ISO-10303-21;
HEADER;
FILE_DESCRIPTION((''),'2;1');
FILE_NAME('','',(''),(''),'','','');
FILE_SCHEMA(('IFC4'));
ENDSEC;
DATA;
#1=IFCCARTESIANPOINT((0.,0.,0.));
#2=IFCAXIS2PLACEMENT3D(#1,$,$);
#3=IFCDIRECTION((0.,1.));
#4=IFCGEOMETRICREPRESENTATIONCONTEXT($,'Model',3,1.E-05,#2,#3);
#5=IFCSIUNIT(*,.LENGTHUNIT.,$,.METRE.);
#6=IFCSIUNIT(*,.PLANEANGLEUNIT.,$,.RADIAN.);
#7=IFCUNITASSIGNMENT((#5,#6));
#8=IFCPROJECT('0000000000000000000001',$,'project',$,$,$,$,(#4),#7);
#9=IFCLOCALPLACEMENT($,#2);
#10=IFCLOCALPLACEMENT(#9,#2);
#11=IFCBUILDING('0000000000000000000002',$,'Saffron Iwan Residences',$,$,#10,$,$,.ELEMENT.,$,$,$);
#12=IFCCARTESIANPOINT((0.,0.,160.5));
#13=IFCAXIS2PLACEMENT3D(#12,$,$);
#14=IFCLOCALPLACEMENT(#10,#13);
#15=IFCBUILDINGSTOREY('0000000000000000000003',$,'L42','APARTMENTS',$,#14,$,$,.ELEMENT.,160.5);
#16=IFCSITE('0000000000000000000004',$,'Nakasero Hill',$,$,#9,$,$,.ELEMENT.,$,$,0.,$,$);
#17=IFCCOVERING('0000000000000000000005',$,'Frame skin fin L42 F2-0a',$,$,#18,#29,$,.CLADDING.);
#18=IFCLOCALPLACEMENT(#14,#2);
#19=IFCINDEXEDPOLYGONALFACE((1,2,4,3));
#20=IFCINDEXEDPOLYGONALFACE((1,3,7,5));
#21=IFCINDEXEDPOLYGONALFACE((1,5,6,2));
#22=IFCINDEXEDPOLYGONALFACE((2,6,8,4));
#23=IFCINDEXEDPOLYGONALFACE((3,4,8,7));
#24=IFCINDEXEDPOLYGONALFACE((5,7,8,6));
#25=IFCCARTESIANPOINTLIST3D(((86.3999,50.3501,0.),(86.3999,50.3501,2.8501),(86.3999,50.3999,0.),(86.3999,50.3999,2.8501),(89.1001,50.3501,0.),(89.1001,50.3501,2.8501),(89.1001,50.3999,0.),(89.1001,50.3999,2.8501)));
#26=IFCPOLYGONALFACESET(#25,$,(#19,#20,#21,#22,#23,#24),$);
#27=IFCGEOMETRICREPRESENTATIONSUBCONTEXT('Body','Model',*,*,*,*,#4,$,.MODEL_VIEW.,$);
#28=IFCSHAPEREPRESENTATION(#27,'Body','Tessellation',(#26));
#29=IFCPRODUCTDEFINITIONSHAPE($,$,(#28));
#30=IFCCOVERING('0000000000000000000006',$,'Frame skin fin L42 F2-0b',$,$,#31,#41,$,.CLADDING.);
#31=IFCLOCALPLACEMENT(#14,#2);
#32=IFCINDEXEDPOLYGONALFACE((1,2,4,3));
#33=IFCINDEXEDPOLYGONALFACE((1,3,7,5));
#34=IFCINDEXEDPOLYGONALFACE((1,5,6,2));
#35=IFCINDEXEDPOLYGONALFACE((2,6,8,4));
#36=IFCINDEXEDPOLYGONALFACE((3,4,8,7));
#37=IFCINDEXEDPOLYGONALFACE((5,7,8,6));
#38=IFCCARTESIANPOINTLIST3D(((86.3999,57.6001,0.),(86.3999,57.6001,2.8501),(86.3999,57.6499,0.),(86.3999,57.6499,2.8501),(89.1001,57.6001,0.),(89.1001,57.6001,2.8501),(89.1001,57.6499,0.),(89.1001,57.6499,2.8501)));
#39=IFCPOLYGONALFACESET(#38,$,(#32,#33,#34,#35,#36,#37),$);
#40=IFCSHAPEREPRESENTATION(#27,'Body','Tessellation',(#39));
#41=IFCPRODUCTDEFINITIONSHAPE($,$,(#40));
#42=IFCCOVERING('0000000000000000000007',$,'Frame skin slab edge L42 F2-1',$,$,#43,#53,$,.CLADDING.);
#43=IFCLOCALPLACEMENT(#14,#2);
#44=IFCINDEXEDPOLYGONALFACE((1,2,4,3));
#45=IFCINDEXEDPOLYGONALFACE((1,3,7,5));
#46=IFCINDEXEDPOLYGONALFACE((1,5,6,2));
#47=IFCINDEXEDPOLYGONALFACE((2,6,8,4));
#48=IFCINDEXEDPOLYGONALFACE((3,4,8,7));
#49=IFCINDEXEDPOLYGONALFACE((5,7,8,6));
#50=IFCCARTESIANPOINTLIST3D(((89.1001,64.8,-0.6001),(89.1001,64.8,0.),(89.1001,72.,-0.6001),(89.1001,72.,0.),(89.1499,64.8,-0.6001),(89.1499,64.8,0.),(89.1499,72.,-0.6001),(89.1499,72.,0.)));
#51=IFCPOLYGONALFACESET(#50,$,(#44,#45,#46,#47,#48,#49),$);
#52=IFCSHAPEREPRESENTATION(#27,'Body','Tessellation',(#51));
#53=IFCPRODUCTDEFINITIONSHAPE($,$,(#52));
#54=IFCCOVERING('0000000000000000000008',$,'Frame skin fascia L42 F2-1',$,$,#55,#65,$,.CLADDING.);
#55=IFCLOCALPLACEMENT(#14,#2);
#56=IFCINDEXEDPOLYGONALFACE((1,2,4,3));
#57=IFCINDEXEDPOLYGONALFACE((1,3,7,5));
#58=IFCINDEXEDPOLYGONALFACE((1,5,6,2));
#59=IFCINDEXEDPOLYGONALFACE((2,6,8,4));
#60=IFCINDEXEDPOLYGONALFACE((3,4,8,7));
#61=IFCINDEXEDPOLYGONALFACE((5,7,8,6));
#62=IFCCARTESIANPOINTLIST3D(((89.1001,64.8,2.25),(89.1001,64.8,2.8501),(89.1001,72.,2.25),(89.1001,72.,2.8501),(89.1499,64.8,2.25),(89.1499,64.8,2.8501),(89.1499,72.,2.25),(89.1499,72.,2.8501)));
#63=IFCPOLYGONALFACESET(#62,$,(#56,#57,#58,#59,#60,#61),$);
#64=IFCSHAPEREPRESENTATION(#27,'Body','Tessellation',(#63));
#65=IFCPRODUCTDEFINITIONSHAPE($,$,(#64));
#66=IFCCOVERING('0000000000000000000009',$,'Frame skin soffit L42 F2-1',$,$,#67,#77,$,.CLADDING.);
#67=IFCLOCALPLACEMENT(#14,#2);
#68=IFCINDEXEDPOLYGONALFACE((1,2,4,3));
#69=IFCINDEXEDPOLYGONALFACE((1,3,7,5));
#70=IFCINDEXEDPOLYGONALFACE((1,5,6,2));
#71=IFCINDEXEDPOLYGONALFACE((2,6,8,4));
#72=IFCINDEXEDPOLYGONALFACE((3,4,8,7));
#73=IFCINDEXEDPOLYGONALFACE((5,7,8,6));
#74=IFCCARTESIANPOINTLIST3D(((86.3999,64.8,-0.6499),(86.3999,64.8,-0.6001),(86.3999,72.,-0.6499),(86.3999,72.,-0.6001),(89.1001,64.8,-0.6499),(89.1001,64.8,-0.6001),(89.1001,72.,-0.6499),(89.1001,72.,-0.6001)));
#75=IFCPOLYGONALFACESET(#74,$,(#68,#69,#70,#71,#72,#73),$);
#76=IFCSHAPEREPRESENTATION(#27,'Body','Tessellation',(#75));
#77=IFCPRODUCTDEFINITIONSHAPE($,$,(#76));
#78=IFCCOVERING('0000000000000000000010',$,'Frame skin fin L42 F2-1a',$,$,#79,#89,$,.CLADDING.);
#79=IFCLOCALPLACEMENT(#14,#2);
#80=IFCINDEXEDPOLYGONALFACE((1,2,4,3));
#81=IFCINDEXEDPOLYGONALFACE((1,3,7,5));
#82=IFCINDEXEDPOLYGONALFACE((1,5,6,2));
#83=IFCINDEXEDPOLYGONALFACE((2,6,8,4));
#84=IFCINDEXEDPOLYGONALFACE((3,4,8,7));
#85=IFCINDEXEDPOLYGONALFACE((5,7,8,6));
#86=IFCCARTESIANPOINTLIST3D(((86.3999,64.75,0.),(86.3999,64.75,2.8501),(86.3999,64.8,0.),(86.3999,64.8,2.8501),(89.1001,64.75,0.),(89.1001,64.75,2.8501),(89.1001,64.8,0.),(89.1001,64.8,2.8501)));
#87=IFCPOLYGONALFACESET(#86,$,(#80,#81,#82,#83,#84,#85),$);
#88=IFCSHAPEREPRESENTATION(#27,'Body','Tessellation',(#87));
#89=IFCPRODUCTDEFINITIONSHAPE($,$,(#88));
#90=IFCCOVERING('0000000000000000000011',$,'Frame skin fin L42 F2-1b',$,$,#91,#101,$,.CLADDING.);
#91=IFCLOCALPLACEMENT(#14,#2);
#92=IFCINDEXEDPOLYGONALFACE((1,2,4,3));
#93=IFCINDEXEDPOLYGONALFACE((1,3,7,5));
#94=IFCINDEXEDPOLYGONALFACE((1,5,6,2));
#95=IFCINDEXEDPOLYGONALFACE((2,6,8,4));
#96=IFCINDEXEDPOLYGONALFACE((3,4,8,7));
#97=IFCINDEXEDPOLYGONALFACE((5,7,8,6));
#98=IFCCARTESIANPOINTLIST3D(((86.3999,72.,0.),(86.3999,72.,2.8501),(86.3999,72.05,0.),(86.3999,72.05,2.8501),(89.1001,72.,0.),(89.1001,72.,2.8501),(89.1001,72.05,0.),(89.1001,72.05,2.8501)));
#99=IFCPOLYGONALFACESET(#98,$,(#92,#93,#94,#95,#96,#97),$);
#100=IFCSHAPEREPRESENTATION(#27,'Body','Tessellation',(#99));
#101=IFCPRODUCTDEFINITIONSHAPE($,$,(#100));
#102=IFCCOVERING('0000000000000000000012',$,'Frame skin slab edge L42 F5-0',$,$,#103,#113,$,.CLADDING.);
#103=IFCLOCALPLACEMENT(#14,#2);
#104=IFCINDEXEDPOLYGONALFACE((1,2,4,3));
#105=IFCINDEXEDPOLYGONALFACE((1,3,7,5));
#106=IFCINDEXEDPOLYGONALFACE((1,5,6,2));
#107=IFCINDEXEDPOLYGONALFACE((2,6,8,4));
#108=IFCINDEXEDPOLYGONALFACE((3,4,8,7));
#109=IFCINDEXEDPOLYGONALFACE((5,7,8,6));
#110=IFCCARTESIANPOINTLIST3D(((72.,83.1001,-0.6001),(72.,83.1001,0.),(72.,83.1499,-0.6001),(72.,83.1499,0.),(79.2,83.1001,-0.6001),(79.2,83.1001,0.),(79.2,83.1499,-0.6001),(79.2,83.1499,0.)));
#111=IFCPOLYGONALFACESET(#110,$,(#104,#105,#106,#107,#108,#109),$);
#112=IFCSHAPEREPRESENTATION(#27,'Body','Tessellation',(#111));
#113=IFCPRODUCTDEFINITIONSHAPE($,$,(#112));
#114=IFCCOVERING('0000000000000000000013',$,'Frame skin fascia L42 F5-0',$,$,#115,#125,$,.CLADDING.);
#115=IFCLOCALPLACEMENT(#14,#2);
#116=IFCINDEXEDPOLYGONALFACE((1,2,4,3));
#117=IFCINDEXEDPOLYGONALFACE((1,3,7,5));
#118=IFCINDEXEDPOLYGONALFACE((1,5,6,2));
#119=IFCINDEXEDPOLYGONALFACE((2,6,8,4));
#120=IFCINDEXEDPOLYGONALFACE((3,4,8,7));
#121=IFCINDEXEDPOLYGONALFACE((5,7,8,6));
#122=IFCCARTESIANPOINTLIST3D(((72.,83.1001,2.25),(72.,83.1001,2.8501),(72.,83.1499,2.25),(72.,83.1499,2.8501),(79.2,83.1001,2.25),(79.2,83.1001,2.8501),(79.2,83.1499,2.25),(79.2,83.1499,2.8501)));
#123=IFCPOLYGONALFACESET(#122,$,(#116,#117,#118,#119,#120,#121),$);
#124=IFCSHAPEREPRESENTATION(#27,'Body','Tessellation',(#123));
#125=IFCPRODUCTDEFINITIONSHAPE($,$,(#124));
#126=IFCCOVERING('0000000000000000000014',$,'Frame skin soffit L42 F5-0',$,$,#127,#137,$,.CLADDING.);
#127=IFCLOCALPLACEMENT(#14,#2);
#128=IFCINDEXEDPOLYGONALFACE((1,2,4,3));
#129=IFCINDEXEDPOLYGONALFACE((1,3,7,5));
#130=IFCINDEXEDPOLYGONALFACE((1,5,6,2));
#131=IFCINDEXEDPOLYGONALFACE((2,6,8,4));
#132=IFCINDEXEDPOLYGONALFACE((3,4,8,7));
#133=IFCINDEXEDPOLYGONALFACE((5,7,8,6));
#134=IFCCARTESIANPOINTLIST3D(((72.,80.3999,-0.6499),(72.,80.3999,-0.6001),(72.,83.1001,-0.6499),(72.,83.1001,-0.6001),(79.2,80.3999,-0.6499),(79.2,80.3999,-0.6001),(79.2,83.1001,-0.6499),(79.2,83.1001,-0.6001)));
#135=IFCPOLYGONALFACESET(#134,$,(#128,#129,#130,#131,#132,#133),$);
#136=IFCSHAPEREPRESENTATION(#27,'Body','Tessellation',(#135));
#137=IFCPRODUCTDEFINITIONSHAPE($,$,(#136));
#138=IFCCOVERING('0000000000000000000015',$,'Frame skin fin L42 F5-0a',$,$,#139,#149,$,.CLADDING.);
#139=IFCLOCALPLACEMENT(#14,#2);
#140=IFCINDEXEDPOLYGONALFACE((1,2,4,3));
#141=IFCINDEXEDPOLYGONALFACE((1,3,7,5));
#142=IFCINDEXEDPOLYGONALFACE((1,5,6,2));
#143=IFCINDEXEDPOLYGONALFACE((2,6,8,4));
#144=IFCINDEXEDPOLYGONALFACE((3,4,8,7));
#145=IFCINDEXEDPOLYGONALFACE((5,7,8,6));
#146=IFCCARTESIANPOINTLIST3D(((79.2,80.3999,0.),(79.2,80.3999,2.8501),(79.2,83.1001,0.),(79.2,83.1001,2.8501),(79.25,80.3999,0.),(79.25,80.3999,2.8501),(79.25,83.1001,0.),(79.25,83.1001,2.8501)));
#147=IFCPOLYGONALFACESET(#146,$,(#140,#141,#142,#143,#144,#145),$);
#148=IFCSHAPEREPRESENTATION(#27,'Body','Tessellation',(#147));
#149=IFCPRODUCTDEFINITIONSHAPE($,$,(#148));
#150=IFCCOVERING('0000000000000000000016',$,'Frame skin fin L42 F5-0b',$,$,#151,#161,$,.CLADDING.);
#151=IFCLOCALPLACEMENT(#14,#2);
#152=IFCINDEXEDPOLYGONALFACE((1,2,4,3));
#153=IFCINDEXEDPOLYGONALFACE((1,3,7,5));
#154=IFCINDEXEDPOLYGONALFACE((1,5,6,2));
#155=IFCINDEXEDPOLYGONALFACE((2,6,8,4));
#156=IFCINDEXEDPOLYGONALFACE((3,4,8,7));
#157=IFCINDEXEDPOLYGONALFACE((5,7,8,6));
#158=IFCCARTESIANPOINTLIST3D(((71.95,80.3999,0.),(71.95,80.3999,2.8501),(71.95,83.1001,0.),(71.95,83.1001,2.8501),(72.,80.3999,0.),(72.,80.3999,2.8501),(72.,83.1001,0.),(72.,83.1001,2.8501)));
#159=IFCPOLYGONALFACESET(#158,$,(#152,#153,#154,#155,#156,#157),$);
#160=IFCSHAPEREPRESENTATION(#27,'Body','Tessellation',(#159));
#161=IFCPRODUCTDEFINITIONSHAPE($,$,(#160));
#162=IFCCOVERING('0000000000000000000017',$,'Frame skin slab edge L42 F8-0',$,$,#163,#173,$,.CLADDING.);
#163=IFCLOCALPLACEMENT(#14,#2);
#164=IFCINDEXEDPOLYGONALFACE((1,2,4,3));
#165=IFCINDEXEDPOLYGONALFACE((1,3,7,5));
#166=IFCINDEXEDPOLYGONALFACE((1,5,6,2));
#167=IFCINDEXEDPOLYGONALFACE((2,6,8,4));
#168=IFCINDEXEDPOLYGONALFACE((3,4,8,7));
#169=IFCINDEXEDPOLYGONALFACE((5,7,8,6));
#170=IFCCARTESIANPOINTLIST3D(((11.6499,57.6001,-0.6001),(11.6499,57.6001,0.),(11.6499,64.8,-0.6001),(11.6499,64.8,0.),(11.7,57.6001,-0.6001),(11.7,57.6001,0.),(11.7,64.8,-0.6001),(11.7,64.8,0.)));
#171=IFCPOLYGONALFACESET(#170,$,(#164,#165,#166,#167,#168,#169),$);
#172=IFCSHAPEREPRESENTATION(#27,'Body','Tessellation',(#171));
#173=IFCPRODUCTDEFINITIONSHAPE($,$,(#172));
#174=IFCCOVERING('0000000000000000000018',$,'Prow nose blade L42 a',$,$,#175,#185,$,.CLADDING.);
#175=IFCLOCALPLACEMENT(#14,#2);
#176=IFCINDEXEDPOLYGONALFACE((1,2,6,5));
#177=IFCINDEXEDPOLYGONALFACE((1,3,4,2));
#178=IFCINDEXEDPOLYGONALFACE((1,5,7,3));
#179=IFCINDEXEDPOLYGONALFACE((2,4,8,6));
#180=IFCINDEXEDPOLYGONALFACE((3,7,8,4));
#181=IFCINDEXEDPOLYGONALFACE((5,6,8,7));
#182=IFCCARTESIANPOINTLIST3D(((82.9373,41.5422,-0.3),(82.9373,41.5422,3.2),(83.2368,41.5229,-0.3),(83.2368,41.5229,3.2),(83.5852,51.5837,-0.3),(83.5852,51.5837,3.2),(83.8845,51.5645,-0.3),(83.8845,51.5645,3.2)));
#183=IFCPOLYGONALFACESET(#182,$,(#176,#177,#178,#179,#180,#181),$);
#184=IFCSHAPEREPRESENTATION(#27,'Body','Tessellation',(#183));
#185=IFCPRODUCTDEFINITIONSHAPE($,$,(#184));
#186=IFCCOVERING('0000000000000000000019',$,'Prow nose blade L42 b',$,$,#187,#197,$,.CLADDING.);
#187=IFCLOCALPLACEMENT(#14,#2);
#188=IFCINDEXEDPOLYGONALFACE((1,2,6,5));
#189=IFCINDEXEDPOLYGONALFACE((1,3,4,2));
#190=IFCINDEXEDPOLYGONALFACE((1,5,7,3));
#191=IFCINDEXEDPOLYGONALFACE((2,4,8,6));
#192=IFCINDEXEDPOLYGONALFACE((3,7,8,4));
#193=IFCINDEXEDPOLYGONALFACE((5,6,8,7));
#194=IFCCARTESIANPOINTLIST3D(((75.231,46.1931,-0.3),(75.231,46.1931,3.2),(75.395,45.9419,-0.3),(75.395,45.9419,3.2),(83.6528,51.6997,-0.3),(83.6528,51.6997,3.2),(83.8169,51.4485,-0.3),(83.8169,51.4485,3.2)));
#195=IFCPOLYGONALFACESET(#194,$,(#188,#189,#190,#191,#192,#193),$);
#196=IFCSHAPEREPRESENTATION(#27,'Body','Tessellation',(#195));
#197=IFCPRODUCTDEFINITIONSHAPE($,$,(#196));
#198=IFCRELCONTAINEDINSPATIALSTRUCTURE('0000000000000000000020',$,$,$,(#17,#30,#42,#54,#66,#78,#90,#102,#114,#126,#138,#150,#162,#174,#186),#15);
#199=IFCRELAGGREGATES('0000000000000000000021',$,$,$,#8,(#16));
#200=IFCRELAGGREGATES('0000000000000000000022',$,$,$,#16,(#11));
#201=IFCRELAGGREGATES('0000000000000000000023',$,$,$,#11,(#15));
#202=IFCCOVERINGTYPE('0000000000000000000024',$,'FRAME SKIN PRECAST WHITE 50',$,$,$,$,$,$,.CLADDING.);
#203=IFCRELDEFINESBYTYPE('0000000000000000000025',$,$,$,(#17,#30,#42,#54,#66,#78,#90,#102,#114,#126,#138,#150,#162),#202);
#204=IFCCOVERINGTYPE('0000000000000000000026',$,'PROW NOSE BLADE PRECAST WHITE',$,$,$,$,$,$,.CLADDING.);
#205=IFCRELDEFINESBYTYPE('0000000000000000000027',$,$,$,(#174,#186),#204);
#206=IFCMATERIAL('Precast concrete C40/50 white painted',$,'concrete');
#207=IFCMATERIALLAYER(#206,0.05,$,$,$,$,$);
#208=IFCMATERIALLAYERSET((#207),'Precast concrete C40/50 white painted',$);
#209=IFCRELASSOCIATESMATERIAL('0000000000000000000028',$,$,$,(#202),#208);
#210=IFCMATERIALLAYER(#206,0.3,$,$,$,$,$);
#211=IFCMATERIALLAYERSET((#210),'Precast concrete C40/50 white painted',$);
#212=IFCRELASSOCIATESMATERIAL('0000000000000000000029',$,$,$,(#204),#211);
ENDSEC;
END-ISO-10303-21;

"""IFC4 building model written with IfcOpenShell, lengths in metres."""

from ifc_helpers import new_model, si_unit, direction, frame, origin, place, context, subcontext, project, spatial, polyline, outline, extrude, material, layer, layer_set, type_object, element, save


model = new_model("IFC4")

# Units and contexts
model_context = context("Model", 3, precision=1e-05, world=origin(), true_north=direction((0.0, 1.0)))
body_context = subcontext(model_context, "Body", "Model", "MODEL_VIEW")
ifc_project = project(units=[si_unit("LENGTHUNIT", "METRE"), si_unit("PLANEANGLEUNIT", "RADIAN")], contexts=[model_context])

# Site, building, storey
site_placement = place(None, origin())
site = spatial("IfcSite", under=ifc_project, at=site_placement, Name="Nakasero Hill", CompositionType="ELEMENT", RefElevation=0.0)
building_placement = place(site_placement, origin())
building = spatial("IfcBuilding", under=site, at=building_placement, Name="Saffron Iwan Residences", CompositionType="ELEMENT")
storey_placement = place(building_placement, frame((0.0, 0.0, 160.5)))
storey = spatial("IfcBuildingStorey", under=building, at=storey_placement, Name="L42", Description="APARTMENTS", CompositionType="ELEMENT", Elevation=160.5)

# Coverings
ifc_material_1 = material(Name="Precast concrete C40/50 white painted", Category="concrete")
ifc_layer_1 = layer(ifc_material_1, 0.05)
ifc_layer_set_1 = layer_set([ifc_layer_1], Name="Precast concrete C40/50 white painted")
covering_type_1 = type_object("IfcCoveringType", Name="FRAME SKIN PRECAST WHITE 50", PredefinedType="CLADDING", material=ifc_layer_set_1)
covering_1_placement = place(storey_placement, origin())
element("IfcCovering", 1, at=covering_1_placement, inside=storey, type_object=covering_type_1, Name="Frame skin fin L42 F2-0a", PredefinedType="CLADDING", context=body_context, shape_type="SweptSolid", body=[
    extrude(outline(polyline([(89.1001, 50.3501), (89.1001, 50.3999), (86.3999, 50.3999), (86.3999, 50.3501), (89.1001, 50.3501)])), origin(), (0.0, 0.0, 1.0), 2.8501),
])
covering_2_placement = place(storey_placement, origin())
element("IfcCovering", 2, at=covering_2_placement, inside=storey, type_object=covering_type_1, Name="Frame skin fin L42 F2-0b", PredefinedType="CLADDING", context=body_context, shape_type="SweptSolid", body=[
    extrude(outline(polyline([(89.1001, 57.6001), (89.1001, 57.6499), (86.3999, 57.6499), (86.3999, 57.6001), (89.1001, 57.6001)])), origin(), (0.0, 0.0, 1.0), 2.8501),
])
for number, where, name in (
    (3, (0.0, 0.0, -0.6001), "Frame skin slab edge L42 F2-1"),
    (4, (0.0, 0.0, 2.25), "Frame skin fascia L42 F2-1"),
):
    element("IfcCovering", number, at=place(storey_placement, frame(where)), inside=storey, type_object=covering_type_1, Name=name, PredefinedType="CLADDING", context=body_context, shape_type="SweptSolid", body=[
        extrude(outline(polyline([(89.1499, 64.8), (89.1499, 72.0), (89.1001, 72.0), (89.1001, 64.8), (89.1499, 64.8)])), origin(), (0.0, 0.0, 1.0), 0.6001),
    ])
covering_3_placement = place(storey_placement, frame((0.0, 0.0, -0.6499)))
element("IfcCovering", 5, at=covering_3_placement, inside=storey, type_object=covering_type_1, Name="Frame skin soffit L42 F2-1", PredefinedType="CLADDING", context=body_context, shape_type="SweptSolid", body=[
    extrude(outline(polyline([(89.1001, 64.8), (89.1001, 72.0), (86.3999, 72.0), (86.3999, 64.8), (89.1001, 64.8)])), origin(), (0.0, 0.0, 1.0), 0.0498),
])
covering_4_placement = place(storey_placement, origin())
element("IfcCovering", 6, at=covering_4_placement, inside=storey, type_object=covering_type_1, Name="Frame skin fin L42 F2-1a", PredefinedType="CLADDING", context=body_context, shape_type="SweptSolid", body=[
    extrude(outline(polyline([(89.1001, 64.75), (89.1001, 64.8), (86.3999, 64.8), (86.3999, 64.75), (89.1001, 64.75)])), origin(), (0.0, 0.0, 1.0), 2.8501),
])
covering_5_placement = place(storey_placement, origin())
element("IfcCovering", 7, at=covering_5_placement, inside=storey, type_object=covering_type_1, Name="Frame skin fin L42 F2-1b", PredefinedType="CLADDING", context=body_context, shape_type="SweptSolid", body=[
    extrude(outline(polyline([(89.1001, 72.0), (89.1001, 72.05), (86.3999, 72.05), (86.3999, 72.0), (89.1001, 72.0)])), origin(), (0.0, 0.0, 1.0), 2.8501),
])
for number, where, name in (
    (8, (0.0, 0.0, -0.6001), "Frame skin slab edge L42 F5-0"),
    (9, (0.0, 0.0, 2.25), "Frame skin fascia L42 F5-0"),
):
    element("IfcCovering", number, at=place(storey_placement, frame(where)), inside=storey, type_object=covering_type_1, Name=name, PredefinedType="CLADDING", context=body_context, shape_type="SweptSolid", body=[
        extrude(outline(polyline([(79.2, 83.1499), (72.0, 83.1499), (72.0, 83.1001), (79.2, 83.1001), (79.2, 83.1499)])), origin(), (0.0, 0.0, 1.0), 0.6001),
    ])
covering_6_placement = place(storey_placement, frame((0.0, 0.0, -0.6499)))
element("IfcCovering", 10, at=covering_6_placement, inside=storey, type_object=covering_type_1, Name="Frame skin soffit L42 F5-0", PredefinedType="CLADDING", context=body_context, shape_type="SweptSolid", body=[
    extrude(outline(polyline([(79.2, 83.1001), (72.0, 83.1001), (72.0, 80.3999), (79.2, 80.3999), (79.2, 83.1001)])), origin(), (0.0, 0.0, 1.0), 0.0498),
])
covering_7_placement = place(storey_placement, origin())
element("IfcCovering", 11, at=covering_7_placement, inside=storey, type_object=covering_type_1, Name="Frame skin fin L42 F5-0a", PredefinedType="CLADDING", context=body_context, shape_type="SweptSolid", body=[
    extrude(outline(polyline([(79.25, 83.1001), (79.2, 83.1001), (79.2, 80.3999), (79.25, 80.3999), (79.25, 83.1001)])), origin(), (0.0, 0.0, 1.0), 2.8501),
])
covering_8_placement = place(storey_placement, origin())
element("IfcCovering", 12, at=covering_8_placement, inside=storey, type_object=covering_type_1, Name="Frame skin fin L42 F5-0b", PredefinedType="CLADDING", context=body_context, shape_type="SweptSolid", body=[
    extrude(outline(polyline([(72.0, 83.1001), (71.95, 83.1001), (71.95, 80.3999), (72.0, 80.3999), (72.0, 83.1001)])), origin(), (0.0, 0.0, 1.0), 2.8501),
])
covering_9_placement = place(storey_placement, frame((0.0, 0.0, -0.6001)))
element("IfcCovering", 13, at=covering_9_placement, inside=storey, type_object=covering_type_1, Name="Frame skin slab edge L42 F8-0", PredefinedType="CLADDING", context=body_context, shape_type="SweptSolid", body=[
    extrude(outline(polyline([(11.6499, 64.8), (11.6499, 57.6001), (11.7, 57.6001), (11.7, 64.8), (11.6499, 64.8)])), origin(), (0.0, 0.0, 1.0), 0.6001),
])
ifc_layer_2 = layer(ifc_material_1, 0.3)
ifc_layer_set_2 = layer_set([ifc_layer_2], Name="Precast concrete C40/50 white painted")
covering_type_2 = type_object("IfcCoveringType", Name="PROW NOSE BLADE PRECAST WHITE", PredefinedType="CLADDING", material=ifc_layer_set_2)
covering_10_placement = place(storey_placement, frame((0.0, 0.0, -0.3)))
element("IfcCovering", 14, at=covering_10_placement, inside=storey, type_object=covering_type_2, Name="Prow nose blade L42 a", PredefinedType="CLADDING", context=body_context, shape_type="SweptSolid", body=[
    extrude(outline(polyline([(83.2368, 41.5229), (83.8845, 51.5645), (83.5852, 51.5837), (82.9373, 41.5422), (83.2368, 41.5229)])), origin(), (0.0, 0.0, 1.0), 3.5),
])
covering_11_placement = place(storey_placement, frame((0.0, 0.0, -0.3)))
element("IfcCovering", 15, at=covering_11_placement, inside=storey, type_object=covering_type_2, Name="Prow nose blade L42 b", PredefinedType="CLADDING", context=body_context, shape_type="SweptSolid", body=[
    extrude(outline(polyline([(75.395, 45.9419), (83.8169, 51.4485), (83.6528, 51.6997), (75.231, 46.1931), (75.395, 45.9419)])), origin(), (0.0, 0.0, 1.0), 3.5),
])

save(model, "model.ifc")
